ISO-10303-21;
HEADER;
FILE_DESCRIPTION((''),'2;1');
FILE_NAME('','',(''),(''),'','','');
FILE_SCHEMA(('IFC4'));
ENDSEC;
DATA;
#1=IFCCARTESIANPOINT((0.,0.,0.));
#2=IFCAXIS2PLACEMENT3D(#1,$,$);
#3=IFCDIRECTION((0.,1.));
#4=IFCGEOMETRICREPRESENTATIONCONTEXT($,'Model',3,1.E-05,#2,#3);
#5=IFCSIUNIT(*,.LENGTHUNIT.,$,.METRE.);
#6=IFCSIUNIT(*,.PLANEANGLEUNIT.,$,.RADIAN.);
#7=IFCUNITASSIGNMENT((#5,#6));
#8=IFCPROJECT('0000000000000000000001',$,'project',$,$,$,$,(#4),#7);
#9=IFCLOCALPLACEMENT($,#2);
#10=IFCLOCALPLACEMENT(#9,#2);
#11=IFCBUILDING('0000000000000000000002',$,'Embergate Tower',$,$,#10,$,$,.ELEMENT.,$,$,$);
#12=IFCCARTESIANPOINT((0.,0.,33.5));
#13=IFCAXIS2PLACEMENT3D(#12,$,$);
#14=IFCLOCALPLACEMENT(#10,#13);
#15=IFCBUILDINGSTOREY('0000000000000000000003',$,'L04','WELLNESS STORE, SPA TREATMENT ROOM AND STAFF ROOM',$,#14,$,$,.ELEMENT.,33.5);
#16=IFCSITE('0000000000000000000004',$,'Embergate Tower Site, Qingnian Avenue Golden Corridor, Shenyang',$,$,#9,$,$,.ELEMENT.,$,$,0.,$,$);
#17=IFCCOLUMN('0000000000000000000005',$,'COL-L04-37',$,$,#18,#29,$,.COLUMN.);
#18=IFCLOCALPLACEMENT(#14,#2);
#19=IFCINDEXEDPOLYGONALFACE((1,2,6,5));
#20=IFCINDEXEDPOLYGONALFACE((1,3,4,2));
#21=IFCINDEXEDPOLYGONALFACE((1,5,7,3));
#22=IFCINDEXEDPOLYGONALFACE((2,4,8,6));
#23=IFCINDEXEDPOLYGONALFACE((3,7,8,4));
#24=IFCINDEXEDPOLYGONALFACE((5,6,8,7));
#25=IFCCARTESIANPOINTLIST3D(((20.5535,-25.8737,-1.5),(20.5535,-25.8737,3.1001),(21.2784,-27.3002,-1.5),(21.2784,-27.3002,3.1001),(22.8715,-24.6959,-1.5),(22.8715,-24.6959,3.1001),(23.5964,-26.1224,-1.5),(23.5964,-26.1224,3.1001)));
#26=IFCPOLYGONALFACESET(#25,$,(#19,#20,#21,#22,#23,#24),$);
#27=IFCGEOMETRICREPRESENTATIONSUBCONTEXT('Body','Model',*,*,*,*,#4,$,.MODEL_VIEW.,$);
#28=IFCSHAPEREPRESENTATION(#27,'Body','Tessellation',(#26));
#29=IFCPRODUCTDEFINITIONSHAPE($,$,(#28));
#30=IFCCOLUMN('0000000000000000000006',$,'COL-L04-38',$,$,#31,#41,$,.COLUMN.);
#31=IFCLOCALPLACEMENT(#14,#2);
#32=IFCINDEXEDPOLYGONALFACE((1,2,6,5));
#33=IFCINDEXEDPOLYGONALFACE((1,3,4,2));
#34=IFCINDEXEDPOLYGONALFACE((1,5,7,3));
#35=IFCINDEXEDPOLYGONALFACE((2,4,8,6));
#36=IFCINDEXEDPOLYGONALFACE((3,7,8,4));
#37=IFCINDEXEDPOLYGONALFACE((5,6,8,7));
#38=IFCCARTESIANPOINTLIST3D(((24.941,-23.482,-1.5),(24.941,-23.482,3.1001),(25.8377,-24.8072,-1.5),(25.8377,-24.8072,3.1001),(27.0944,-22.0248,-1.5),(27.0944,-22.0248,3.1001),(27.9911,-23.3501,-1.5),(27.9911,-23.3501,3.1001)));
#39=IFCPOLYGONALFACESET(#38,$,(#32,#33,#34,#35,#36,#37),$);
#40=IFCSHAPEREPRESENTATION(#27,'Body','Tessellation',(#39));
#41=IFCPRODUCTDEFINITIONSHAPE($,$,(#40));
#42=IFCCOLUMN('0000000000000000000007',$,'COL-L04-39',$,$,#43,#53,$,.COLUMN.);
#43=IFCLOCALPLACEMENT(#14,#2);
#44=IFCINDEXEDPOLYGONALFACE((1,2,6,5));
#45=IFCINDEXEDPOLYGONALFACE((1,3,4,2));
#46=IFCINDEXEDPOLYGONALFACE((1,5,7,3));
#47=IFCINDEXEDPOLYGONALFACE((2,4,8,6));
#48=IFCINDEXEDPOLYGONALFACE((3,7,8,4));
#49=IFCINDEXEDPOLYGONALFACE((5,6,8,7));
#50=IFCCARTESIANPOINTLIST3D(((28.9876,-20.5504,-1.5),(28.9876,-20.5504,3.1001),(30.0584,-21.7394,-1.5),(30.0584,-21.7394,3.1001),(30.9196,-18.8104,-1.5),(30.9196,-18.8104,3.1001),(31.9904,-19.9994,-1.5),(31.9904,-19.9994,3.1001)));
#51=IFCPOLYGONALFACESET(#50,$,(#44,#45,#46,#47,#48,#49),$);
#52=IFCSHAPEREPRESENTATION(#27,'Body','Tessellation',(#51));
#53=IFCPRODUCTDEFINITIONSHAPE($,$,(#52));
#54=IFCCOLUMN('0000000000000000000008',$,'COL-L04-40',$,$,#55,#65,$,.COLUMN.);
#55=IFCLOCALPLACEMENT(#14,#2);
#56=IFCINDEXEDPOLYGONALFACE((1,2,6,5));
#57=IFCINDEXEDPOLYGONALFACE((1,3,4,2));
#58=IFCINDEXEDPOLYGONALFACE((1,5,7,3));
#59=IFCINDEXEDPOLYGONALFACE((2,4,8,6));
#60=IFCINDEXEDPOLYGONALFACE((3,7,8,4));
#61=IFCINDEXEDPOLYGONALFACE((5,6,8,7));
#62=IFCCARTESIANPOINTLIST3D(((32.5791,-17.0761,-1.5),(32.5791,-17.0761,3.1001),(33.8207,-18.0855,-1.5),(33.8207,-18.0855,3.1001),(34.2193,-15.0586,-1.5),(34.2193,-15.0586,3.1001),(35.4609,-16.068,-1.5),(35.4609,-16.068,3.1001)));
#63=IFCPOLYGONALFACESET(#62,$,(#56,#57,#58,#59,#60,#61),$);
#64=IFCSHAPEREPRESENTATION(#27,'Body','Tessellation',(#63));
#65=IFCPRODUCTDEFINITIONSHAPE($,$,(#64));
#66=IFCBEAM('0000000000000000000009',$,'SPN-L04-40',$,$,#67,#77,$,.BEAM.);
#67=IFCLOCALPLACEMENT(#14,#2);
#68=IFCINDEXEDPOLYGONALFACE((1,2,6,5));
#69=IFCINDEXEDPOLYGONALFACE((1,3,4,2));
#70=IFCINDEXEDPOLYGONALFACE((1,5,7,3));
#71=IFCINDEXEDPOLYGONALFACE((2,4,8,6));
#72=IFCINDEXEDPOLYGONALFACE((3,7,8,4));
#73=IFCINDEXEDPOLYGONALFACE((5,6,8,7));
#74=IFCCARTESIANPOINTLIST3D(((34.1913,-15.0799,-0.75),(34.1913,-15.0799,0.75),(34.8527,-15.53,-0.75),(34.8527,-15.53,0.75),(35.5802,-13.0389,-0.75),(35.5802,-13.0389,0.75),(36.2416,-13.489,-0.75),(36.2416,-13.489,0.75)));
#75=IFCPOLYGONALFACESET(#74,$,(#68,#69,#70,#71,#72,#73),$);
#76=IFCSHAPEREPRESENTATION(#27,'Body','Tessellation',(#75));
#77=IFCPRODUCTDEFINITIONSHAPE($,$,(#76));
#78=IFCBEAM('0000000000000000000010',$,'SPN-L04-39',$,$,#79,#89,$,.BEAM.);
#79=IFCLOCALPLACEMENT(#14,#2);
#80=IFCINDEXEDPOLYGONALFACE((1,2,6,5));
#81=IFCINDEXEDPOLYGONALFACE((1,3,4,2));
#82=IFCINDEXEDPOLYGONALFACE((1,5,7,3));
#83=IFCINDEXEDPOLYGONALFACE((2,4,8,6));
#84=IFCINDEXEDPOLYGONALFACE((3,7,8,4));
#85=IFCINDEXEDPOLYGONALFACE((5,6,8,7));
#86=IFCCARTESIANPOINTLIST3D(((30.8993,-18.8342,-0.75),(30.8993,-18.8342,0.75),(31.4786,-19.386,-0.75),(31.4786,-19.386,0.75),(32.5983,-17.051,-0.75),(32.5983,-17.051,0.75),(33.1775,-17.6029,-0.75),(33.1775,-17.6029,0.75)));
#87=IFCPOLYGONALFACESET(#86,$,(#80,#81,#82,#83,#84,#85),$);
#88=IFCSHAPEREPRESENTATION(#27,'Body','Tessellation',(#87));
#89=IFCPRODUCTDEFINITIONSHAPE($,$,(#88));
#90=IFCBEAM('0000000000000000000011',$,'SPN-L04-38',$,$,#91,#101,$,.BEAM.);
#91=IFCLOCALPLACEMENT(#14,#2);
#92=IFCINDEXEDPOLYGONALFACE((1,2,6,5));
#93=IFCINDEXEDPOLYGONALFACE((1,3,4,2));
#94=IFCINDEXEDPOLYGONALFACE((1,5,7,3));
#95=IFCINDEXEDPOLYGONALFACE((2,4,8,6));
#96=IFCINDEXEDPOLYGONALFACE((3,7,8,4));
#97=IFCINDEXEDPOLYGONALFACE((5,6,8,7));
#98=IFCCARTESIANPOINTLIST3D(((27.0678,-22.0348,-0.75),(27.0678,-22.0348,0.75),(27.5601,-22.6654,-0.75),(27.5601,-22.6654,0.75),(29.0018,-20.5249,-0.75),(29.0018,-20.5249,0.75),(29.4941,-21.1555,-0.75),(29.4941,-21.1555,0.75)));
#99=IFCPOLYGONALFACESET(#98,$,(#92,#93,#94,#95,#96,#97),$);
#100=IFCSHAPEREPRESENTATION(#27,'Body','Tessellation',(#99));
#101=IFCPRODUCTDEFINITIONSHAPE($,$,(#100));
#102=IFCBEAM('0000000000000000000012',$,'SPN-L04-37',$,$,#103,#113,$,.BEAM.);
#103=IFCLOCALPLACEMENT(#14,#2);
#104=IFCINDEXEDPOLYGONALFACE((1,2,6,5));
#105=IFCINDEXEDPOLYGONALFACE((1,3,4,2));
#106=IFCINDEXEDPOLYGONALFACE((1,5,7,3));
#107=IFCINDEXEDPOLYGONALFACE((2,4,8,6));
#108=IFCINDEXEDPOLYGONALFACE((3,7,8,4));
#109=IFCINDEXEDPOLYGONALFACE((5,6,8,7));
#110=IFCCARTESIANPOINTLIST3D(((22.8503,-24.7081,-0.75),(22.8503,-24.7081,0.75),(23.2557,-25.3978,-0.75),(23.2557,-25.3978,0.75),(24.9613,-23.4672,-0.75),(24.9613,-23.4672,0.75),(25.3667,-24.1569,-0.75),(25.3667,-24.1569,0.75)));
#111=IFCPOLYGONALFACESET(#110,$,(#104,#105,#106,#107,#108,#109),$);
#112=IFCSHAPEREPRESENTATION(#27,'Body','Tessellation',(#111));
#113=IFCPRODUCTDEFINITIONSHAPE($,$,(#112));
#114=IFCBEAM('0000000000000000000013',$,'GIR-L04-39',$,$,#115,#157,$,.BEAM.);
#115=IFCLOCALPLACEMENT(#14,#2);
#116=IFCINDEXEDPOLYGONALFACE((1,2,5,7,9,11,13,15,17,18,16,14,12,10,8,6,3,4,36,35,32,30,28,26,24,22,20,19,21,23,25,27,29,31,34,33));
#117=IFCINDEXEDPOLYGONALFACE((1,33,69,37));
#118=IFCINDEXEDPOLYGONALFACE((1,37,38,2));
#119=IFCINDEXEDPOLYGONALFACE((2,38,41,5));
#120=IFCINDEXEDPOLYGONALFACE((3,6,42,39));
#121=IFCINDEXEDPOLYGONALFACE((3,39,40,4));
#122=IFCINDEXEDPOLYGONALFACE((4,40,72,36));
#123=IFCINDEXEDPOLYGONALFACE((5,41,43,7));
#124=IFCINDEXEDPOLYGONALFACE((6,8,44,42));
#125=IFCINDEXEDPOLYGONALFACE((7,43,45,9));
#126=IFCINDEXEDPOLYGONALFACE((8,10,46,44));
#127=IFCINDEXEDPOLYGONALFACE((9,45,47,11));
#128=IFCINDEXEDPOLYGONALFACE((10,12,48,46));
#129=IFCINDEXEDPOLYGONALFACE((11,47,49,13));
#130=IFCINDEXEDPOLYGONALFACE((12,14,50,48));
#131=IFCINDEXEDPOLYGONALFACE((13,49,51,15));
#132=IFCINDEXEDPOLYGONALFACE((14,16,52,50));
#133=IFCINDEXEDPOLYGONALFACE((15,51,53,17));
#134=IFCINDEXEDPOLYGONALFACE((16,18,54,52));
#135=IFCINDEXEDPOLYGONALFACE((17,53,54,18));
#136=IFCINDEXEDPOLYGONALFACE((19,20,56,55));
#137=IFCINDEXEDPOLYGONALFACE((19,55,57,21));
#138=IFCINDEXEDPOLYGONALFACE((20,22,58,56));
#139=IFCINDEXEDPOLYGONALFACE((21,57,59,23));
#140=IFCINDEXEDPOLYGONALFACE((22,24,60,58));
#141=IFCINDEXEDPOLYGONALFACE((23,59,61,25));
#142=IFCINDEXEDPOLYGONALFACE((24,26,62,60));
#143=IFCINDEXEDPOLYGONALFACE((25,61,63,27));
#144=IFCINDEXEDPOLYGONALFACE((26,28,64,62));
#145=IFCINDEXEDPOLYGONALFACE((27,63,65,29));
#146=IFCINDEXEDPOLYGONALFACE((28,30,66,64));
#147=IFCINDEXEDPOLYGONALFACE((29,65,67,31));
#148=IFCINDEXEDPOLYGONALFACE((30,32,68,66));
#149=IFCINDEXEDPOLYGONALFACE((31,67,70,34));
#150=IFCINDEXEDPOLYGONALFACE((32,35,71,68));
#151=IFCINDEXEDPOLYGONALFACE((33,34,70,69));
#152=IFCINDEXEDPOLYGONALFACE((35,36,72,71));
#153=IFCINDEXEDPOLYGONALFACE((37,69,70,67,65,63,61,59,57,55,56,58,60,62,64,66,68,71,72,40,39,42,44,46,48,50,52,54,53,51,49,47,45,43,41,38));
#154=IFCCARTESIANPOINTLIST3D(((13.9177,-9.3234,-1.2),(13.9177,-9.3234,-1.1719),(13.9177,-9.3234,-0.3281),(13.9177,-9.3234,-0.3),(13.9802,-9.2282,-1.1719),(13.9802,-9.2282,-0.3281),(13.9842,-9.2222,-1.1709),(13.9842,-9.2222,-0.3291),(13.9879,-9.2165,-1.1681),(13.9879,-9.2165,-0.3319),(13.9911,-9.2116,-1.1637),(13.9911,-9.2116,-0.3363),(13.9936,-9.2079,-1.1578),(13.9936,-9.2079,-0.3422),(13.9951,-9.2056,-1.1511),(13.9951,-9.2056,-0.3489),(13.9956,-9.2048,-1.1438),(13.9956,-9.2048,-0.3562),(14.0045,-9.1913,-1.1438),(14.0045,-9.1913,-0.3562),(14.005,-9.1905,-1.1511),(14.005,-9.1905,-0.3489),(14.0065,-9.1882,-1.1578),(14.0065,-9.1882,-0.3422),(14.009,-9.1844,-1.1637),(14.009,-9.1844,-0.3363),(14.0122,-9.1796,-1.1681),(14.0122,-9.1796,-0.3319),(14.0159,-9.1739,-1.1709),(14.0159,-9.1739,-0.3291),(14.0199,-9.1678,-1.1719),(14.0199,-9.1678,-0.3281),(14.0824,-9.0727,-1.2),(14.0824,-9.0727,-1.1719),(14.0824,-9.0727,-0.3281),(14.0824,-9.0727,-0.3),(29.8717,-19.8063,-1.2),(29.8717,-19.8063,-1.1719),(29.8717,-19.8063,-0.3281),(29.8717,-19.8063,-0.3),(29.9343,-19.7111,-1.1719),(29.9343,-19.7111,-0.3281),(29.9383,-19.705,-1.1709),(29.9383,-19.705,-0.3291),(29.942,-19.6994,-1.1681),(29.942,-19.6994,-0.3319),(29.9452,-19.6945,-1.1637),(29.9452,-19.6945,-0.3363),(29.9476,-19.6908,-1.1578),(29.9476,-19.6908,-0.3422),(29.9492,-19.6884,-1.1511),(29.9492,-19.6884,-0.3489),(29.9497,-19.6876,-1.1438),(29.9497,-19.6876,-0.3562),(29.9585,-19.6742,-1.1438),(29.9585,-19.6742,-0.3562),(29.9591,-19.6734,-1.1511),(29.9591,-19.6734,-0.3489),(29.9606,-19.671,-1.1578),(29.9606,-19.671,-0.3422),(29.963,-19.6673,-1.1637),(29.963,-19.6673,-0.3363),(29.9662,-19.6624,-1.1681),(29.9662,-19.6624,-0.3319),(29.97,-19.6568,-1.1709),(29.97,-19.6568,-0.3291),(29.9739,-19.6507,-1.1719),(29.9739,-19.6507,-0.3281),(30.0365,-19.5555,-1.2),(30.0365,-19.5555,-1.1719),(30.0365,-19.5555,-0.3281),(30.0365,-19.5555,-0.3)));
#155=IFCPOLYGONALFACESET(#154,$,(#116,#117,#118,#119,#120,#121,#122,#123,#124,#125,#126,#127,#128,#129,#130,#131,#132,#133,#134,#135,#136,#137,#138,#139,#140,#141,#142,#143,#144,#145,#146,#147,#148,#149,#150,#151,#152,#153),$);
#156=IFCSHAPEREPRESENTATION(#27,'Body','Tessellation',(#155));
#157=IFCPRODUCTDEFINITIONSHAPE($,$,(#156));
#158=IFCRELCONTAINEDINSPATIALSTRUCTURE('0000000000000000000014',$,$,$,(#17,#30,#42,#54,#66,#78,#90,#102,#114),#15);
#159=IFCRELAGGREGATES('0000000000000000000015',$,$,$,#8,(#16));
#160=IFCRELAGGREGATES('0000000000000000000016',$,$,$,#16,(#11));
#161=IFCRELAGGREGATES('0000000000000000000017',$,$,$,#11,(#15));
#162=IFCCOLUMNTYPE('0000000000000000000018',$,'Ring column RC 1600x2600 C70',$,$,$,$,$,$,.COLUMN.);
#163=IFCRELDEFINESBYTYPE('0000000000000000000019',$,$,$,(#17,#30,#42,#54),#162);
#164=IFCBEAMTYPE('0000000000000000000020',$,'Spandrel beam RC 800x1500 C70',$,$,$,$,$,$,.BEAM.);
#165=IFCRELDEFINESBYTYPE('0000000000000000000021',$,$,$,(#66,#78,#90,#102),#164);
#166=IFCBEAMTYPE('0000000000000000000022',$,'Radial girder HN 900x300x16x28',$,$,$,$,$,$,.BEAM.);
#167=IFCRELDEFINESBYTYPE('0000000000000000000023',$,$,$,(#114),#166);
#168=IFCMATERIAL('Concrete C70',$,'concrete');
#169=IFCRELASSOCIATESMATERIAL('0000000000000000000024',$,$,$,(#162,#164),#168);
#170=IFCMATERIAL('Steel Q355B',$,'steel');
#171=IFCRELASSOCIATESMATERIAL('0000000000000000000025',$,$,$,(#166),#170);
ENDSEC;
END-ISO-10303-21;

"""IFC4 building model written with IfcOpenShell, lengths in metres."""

from ifc_helpers import new_model, si_unit, direction, frame, origin, origin_2d, place, context, subcontext, project, spatial, rectangle, i_section, extrude, source, transform, mapped, material, material_profile, profile_set, type_object, element, save


model = new_model("IFC4")

# Units and contexts
model_context = context("Model", 3, precision=1e-05, world=origin(), true_north=direction((0.0, 1.0)))
body_context = subcontext(model_context, "Body", "Model", "MODEL_VIEW")
ifc_project = project(units=[si_unit("LENGTHUNIT", "METRE"), si_unit("PLANEANGLEUNIT", "RADIAN")], contexts=[model_context])

# Site, building, storey
site_placement = place(None, origin())
site = spatial("IfcSite", under=ifc_project, at=site_placement, Name="Embergate Tower Site, Qingnian Avenue Golden Corridor, Shenyang", CompositionType="ELEMENT", RefElevation=0.0)
building_placement = place(site_placement, origin())
building = spatial("IfcBuilding", under=site, at=building_placement, Name="Embergate Tower", CompositionType="ELEMENT")
storey_placement = place(building_placement, frame((0.0, 0.0, 33.5)))
storey = spatial("IfcBuildingStorey", under=building, at=storey_placement, Name="L04", Description="WELLNESS STORE, SPA TREATMENT ROOM AND STAFF ROOM", CompositionType="ELEMENT", Elevation=33.5)

# Columns
ifc_material_1 = material(Name="Concrete C70", Category="concrete")
ifc_material_profile_1 = material_profile(ifc_material_1, rectangle(XDim=1.6001, YDim=2.6001, at=origin_2d()), Name="RC 1600x2600")
ifc_profile_set_1 = profile_set([ifc_material_profile_1], Name="Concrete C70")
column_type = type_object("IfcColumnType", Name="Ring column RC 1600x2600 C70", PredefinedType="COLUMN", material=ifc_profile_set_1)
shared_shape_1 = source(origin(), body_context, "Body", "SweptSolid", [
    extrude(rectangle(XDim=1.6001, YDim=2.6001, at=origin_2d()), origin(), (0.0, 0.0, 1.0), 4.6001),
])
for number, where, z_axis, x_axis, name in (
    (1, (22.075, -25.998, -1.5), (0.0, 0.0, 1.0), (0.453011, -0.891505, 0.0), "COL-L04-37"),
    (2, (26.4661, -23.416, -1.5), (0.0, 0.0, 1.0), (0.560408, -0.828217, 0.0), "COL-L04-38"),
    (3, (30.489, -20.2749, -1.5), (0.0, 0.0, 1.0), (0.669221, -0.743063, 0.0), "COL-L04-39"),
    (4, (34.02, -16.572, -1.5), (0.0, 0.0, 1.0), (0.775925, -0.630825, 0.0), "COL-L04-40"),
):
    element("IfcColumn", number, at=place(storey_placement, frame(where, z_axis=z_axis, x_axis=x_axis)), inside=storey, type_object=column_type, Name=name, PredefinedType="COLUMN", context=body_context, shape_type="MappedRepresentation", body=[
        mapped(shared_shape_1, transform((0.0, 0.0, 0.0))),
    ])

# Beams
ifc_material_profile_2 = material_profile(ifc_material_1, rectangle(XDim=0.8, YDim=1.5, at=origin_2d()), Name="RC 800x1500")
ifc_profile_set_2 = profile_set([ifc_material_profile_2], Name="Concrete C70")
beam_type_1 = type_object("IfcBeamType", Name="Spandrel beam RC 800x1500 C70", PredefinedType="BEAM", material=ifc_profile_set_2)
shared_shape_2 = source(origin(), body_context, "Body", "SweptSolid", [
    extrude(rectangle(XDim=0.8, YDim=1.5, at=origin_2d()), origin(), (0.0, 0.0, 1.0), 2.4688),
])
beam_1_placement = place(storey_placement, frame((34.522, -15.3049, 0.0), z_axis=(0.562594, 0.826733, 0.0), x_axis=(-0.826733, 0.562594, 0.0)))
element("IfcBeam", 5, at=beam_1_placement, inside=storey, type_object=beam_type_1, Name="SPN-L04-40", PredefinedType="BEAM", context=body_context, shape_type="MappedRepresentation", body=[
    mapped(shared_shape_2, transform((0.0, 0.0, 0.0))),
])
shared_shape_3 = source(origin(), body_context, "Body", "SweptSolid", [
    extrude(rectangle(XDim=0.8, YDim=1.5, at=origin_2d()), origin(), (0.0, 0.0, 1.0), 2.4629),
])
beam_2_placement = place(storey_placement, frame((31.189, -19.1101, 0.0), z_axis=(0.689801, 0.723999, 0.0), x_axis=(-0.723999, 0.689801, 0.0)))
element("IfcBeam", 6, at=beam_2_placement, inside=storey, type_object=beam_type_1, Name="SPN-L04-39", PredefinedType="BEAM", context=body_context, shape_type="MappedRepresentation", body=[
    mapped(shared_shape_3, transform((0.0, 0.0, 0.0))),
])
shared_shape_4 = source(origin(), body_context, "Body", "SweptSolid", [
    extrude(rectangle(XDim=0.8, YDim=1.5, at=origin_2d()), origin(), (0.0, 0.0, 1.0), 2.4536),
])
beam_3_placement = place(storey_placement, frame((27.314, -22.3501, 0.0), z_axis=(0.78822, 0.615393, 0.0), x_axis=(-0.615393, 0.78822, 0.0)))
element("IfcBeam", 7, at=beam_3_placement, inside=storey, type_object=beam_type_1, Name="SPN-L04-38", PredefinedType="BEAM", context=body_context, shape_type="MappedRepresentation", body=[
    mapped(shared_shape_4, transform((0.0, 0.0, 0.0))),
])
shared_shape_5 = source(origin(), body_context, "Body", "SweptSolid", [
    extrude(rectangle(XDim=0.8, YDim=1.5, at=origin_2d()), origin(), (0.0, 0.0, 1.0), 2.4487),
])
beam_4_placement = place(storey_placement, frame((23.053, -25.053, 0.0), z_axis=(0.862085, 0.506763, 0.0), x_axis=(-0.506763, 0.862085, 0.0)))
element("IfcBeam", 8, at=beam_4_placement, inside=storey, type_object=beam_type_1, Name="SPN-L04-37", PredefinedType="BEAM", context=body_context, shape_type="MappedRepresentation", body=[
    mapped(shared_shape_5, transform((0.0, 0.0, 0.0))),
])
ifc_material_2 = material(Name="Steel Q355B", Category="steel")
ifc_material_profile_3 = material_profile(ifc_material_2, i_section(OverallWidth=0.3, OverallDepth=0.8999, WebThickness=0.0161, FlangeThickness=0.0281, FilletRadius=0.0281, at=origin_2d()), Name="HN 900x300x16x28")
ifc_profile_set_3 = profile_set([ifc_material_profile_3], Name="Steel Q355 grade B")
beam_type_2 = type_object("IfcBeamType", Name="Radial girder HN 900x300x16x28", PredefinedType="BEAM", material=ifc_profile_set_3)
shared_shape_6 = source(origin(), body_context, "Body", "SweptSolid", [
    extrude(i_section(OverallWidth=0.3, OverallDepth=0.8999, WebThickness=0.0161, FlangeThickness=0.0281, FilletRadius=0.0281, at=origin_2d()), origin(), (0.0, 0.0, 1.0), 19.0898),
])
beam_5_placement = place(storey_placement, frame((29.9541, -19.6809, -0.75), z_axis=(-0.835735, 0.549133, 0.0), x_axis=(-0.549133, -0.835735, 0.0)))
element("IfcBeam", 9, at=beam_5_placement, inside=storey, type_object=beam_type_2, Name="GIR-L04-39", PredefinedType="BEAM", context=body_context, shape_type="MappedRepresentation", body=[
    mapped(shared_shape_6, transform((0.0, 0.0, 0.0))),
])

save(model, "model.ifc")
